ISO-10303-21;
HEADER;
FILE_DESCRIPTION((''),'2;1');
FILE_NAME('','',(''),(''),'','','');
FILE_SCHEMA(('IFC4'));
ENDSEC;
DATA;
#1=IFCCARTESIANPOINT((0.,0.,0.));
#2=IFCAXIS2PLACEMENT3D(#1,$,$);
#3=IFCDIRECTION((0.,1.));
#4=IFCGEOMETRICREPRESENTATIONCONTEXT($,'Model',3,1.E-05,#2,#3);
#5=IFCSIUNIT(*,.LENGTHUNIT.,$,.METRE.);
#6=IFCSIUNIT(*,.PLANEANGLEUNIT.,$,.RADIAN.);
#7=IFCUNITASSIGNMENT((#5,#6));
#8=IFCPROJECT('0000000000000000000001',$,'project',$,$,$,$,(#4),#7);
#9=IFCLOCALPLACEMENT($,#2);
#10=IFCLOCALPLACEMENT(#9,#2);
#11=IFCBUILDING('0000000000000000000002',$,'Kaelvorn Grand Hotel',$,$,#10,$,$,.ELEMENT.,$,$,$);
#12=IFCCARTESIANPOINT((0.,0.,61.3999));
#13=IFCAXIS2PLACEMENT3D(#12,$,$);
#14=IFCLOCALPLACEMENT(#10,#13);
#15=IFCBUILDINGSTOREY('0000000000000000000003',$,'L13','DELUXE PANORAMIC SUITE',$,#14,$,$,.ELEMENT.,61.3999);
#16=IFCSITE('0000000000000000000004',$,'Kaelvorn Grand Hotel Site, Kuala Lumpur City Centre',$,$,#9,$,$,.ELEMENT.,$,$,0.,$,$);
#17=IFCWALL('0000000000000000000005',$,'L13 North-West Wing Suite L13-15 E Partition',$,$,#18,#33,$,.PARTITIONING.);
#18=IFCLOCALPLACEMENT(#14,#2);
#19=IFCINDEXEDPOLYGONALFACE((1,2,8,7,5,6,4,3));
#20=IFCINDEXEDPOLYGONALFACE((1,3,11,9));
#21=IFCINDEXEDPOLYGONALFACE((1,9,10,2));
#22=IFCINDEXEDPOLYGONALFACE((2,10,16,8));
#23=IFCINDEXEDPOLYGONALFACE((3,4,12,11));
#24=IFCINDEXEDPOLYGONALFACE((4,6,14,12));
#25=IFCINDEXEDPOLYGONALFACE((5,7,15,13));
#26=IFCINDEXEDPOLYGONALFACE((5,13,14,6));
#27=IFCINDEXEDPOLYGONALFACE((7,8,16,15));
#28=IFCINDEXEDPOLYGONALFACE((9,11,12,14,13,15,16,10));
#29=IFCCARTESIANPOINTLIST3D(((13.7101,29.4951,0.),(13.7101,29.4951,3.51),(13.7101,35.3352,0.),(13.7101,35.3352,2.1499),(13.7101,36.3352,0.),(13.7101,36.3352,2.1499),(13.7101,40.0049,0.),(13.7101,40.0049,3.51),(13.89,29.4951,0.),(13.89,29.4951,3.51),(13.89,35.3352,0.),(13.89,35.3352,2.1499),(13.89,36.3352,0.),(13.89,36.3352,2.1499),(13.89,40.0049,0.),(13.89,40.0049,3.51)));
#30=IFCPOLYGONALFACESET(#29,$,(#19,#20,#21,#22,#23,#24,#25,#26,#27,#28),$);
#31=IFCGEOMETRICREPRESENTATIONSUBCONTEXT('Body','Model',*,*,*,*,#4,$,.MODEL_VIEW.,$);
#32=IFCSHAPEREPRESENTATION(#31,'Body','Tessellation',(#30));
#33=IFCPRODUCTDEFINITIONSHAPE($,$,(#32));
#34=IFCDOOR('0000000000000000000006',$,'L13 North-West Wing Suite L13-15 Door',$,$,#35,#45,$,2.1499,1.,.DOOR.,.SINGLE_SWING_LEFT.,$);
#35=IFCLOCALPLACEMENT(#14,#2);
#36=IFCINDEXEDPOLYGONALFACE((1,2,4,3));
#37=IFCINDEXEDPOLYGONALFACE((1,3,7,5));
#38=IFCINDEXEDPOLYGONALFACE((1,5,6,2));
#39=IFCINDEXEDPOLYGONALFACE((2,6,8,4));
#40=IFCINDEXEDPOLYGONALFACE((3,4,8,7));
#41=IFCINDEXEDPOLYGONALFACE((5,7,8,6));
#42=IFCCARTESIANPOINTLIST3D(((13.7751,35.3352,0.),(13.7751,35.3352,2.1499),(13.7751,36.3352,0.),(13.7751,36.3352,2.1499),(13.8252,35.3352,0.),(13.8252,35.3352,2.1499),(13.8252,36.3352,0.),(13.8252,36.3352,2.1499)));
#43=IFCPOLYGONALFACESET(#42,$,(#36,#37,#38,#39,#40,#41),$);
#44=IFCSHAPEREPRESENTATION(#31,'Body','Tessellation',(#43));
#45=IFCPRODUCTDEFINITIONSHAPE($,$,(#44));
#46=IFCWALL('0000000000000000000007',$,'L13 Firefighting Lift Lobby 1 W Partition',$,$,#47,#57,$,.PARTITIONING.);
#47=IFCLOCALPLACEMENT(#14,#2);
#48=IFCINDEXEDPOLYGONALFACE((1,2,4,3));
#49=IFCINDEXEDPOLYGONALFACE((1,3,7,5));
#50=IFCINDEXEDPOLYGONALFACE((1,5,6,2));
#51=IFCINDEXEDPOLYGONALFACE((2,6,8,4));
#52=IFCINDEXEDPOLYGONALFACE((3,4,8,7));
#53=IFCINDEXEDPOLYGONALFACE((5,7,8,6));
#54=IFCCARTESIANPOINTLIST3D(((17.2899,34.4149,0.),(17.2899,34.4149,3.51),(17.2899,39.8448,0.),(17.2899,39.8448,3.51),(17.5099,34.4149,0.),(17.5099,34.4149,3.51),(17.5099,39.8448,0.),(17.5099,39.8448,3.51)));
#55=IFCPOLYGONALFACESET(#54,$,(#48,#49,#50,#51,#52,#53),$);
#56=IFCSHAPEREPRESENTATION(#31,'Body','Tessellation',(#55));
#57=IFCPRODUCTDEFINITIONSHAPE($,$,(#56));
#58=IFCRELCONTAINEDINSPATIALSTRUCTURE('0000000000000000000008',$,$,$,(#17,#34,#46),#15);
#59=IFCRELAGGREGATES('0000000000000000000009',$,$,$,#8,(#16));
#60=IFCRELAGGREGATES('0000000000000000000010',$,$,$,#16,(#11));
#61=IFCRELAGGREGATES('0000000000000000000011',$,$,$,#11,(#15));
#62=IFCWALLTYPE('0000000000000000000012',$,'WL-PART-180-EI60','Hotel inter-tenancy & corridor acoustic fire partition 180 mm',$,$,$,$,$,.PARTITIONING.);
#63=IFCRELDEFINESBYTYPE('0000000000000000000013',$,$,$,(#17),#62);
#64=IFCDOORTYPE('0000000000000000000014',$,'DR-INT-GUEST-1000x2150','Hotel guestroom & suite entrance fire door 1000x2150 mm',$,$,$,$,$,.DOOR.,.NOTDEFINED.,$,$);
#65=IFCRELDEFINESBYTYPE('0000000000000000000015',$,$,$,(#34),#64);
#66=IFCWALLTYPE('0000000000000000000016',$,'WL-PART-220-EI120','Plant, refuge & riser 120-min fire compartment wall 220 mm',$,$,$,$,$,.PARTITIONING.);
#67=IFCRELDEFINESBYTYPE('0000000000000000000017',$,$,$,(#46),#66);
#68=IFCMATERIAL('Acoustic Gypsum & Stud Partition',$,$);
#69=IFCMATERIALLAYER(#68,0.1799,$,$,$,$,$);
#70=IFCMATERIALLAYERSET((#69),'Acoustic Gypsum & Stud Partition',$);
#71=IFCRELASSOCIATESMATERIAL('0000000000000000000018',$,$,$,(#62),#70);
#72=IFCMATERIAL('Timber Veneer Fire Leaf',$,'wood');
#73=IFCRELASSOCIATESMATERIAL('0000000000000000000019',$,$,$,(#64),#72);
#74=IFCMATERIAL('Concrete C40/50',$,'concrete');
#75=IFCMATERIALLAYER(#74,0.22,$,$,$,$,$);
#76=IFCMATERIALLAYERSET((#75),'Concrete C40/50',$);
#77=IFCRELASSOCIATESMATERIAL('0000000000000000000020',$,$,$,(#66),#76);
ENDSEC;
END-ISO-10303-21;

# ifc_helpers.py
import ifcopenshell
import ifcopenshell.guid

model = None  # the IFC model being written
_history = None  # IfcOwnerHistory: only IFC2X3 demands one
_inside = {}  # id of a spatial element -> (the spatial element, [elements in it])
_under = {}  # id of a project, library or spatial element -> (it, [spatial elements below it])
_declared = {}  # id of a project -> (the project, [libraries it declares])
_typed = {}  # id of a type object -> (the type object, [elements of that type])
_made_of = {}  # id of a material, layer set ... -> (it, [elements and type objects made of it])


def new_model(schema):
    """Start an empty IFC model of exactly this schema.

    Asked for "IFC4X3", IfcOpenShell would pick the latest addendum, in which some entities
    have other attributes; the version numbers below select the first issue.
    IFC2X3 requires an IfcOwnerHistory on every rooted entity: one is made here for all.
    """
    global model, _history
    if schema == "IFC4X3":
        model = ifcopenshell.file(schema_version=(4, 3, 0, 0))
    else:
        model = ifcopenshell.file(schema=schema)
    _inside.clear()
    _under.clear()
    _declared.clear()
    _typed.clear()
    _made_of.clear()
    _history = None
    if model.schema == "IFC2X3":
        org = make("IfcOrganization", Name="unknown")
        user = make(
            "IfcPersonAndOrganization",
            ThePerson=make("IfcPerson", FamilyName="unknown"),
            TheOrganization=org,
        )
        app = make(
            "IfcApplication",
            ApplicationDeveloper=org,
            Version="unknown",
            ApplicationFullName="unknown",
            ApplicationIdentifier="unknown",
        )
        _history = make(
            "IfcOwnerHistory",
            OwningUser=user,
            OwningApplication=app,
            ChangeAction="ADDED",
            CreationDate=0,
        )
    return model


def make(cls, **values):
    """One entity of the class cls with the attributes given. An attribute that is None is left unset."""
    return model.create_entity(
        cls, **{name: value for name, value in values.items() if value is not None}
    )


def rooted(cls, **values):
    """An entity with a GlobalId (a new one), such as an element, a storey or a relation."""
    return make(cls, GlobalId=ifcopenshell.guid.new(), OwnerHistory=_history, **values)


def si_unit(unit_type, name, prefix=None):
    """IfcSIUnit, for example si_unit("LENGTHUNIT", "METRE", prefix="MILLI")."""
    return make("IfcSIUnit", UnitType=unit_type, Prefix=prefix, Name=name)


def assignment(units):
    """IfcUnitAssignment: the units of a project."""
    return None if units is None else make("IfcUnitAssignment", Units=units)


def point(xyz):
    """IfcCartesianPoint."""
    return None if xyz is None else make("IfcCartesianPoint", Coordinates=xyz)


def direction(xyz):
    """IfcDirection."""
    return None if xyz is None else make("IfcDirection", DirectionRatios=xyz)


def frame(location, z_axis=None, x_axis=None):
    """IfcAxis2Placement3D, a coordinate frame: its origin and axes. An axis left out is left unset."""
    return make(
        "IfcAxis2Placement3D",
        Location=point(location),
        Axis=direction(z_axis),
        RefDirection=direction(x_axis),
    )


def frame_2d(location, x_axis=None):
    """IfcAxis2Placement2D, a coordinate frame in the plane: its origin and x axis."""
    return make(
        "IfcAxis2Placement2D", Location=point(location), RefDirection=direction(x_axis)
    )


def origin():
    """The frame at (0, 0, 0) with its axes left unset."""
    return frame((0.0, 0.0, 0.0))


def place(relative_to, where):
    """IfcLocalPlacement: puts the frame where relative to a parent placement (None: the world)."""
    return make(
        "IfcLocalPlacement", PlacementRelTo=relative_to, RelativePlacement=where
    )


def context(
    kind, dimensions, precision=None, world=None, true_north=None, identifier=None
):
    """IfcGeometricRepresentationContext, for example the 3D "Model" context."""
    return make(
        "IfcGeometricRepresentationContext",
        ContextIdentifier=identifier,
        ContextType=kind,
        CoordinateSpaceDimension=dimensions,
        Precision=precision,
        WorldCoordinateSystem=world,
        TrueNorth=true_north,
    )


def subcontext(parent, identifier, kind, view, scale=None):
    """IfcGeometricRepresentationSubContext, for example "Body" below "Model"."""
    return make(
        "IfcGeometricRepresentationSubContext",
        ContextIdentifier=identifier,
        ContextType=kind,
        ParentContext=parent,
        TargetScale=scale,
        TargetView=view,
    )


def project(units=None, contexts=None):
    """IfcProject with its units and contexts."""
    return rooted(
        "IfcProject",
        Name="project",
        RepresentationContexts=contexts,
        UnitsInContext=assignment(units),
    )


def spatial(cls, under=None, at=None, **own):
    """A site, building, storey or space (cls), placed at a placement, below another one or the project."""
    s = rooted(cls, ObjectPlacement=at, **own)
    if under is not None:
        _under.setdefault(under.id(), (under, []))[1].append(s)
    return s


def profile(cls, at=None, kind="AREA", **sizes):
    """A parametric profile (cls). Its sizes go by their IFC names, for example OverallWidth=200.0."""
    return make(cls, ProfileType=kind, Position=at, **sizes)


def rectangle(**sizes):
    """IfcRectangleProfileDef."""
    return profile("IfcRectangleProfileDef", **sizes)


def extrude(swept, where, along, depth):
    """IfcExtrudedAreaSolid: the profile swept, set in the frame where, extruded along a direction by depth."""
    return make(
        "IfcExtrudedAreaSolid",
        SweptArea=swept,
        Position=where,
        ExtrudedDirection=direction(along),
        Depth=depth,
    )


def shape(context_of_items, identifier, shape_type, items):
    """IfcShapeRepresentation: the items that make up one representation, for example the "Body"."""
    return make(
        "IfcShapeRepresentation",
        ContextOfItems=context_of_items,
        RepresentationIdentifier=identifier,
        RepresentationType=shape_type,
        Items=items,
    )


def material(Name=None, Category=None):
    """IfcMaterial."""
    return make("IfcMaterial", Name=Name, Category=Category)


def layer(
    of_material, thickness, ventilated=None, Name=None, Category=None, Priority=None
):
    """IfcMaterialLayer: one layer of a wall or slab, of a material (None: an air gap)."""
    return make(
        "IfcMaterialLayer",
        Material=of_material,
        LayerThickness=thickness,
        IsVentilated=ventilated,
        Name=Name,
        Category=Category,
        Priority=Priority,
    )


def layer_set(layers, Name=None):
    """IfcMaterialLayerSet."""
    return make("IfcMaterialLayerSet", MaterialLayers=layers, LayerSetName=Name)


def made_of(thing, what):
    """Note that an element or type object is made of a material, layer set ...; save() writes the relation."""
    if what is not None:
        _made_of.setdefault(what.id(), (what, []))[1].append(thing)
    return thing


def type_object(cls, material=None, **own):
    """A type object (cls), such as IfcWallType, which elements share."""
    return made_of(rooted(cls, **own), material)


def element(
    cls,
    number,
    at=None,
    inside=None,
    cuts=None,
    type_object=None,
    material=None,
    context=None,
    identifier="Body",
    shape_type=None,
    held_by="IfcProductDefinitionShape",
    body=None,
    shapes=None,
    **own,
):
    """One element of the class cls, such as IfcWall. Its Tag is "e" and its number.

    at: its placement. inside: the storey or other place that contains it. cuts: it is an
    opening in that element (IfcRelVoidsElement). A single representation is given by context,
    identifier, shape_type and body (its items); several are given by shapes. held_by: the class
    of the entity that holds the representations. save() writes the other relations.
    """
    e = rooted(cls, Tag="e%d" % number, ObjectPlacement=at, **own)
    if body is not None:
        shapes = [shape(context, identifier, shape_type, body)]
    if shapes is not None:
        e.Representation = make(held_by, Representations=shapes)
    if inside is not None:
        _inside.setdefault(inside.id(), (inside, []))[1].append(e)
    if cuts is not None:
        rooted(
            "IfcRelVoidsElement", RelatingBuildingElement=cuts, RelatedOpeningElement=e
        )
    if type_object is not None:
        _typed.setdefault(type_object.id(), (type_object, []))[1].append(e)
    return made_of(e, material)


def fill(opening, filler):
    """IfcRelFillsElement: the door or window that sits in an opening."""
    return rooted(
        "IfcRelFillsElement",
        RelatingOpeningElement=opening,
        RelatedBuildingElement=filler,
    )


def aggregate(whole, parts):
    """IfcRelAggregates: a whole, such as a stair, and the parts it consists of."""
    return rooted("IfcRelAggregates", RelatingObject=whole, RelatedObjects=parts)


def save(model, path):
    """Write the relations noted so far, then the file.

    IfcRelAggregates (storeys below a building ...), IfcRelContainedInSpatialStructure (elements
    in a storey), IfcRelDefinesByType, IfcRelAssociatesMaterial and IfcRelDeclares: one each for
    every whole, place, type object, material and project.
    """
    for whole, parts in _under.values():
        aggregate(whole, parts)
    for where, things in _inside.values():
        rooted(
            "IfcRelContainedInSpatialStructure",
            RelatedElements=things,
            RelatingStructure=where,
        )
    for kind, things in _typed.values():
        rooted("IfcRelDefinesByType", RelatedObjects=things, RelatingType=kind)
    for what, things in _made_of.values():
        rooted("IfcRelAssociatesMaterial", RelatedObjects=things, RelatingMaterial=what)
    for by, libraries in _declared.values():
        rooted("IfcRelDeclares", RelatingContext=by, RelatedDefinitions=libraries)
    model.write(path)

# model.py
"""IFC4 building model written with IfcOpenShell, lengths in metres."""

from ifc_helpers import new_model, si_unit, direction, frame, frame_2d, origin, place, context, subcontext, project, spatial, rectangle, extrude, material, layer, layer_set, type_object, element, fill, save


model = new_model("IFC4")

# Units and contexts
model_context = context("Model", 3, precision=1e-05, world=origin(), true_north=direction((0.0, 1.0)))
body_context = subcontext(model_context, "Body", "Model", "MODEL_VIEW")
ifc_project = project(units=[si_unit("LENGTHUNIT", "METRE"), si_unit("PLANEANGLEUNIT", "RADIAN")], contexts=[model_context])

# Site, building, storey
site_placement = place(None, origin())
site = spatial("IfcSite", under=ifc_project, at=site_placement, Name="Kaelvorn Grand Hotel Site, Kuala Lumpur City Centre", CompositionType="ELEMENT", RefElevation=0.0)
building_placement = place(site_placement, origin())
building = spatial("IfcBuilding", under=site, at=building_placement, Name="Kaelvorn Grand Hotel", CompositionType="ELEMENT")
storey_placement = place(building_placement, frame((0.0, 0.0, 61.3999)))
storey = spatial("IfcBuildingStorey", under=building, at=storey_placement, Name="L13", Description="DELUXE PANORAMIC SUITE", CompositionType="ELEMENT", Elevation=61.3999)

# Shared definitions
ifc_material_1 = material(Name="Acoustic Gypsum & Stud Partition")
ifc_layer_1 = layer(ifc_material_1, 0.1799)
ifc_layer_set_1 = layer_set([ifc_layer_1], Name="Acoustic Gypsum & Stud Partition")
wall_type_1 = type_object("IfcWallType", Name="WL-PART-180-EI60", Description="Hotel inter-tenancy & corridor acoustic fire partition 180 mm", PredefinedType="PARTITIONING", material=ifc_layer_set_1)

# Wall, opening, door
wall_1_placement = place(storey_placement, frame((13.8, 29.4951, 0.0), z_axis=(0.0, 0.0, 1.0), x_axis=(0.0, 1.0, 0.0)))
wall_1 = element("IfcWall", 1, at=wall_1_placement, inside=storey, type_object=wall_type_1, Name="L13 North-West Wing Suite L13-15 E Partition", PredefinedType="PARTITIONING", context=body_context, shape_type="SweptSolid", body=[
    extrude(rectangle(XDim=10.5098, YDim=0.1799, at=frame_2d((5.2549, 0.0))), origin(), (0.0, 0.0, 1.0), 3.51),
])
opening_1_placement = place(wall_1_placement, frame((5.8401, 0.0, 0.0)))
opening_1 = element("IfcOpeningElement", 2, at=opening_1_placement, cuts=wall_1, PredefinedType="OPENING", context=body_context, shape_type="SweptSolid", body=[
    extrude(rectangle(XDim=1.0, YDim=2.1499, at=frame_2d((0.5, 1.075))), frame((0.0, 0.1001, 0.0), z_axis=(0.0, -1.0, 0.0), x_axis=(1.0, 0.0, 0.0)), (0.0, 0.0, 1.0), 0.2),
])
ifc_material_2 = material(Name="Timber Veneer Fire Leaf", Category="wood")
door_type_1 = type_object("IfcDoorType", Name="DR-INT-GUEST-1000x2150", Description="Hotel guestroom & suite entrance fire door 1000x2150 mm", OperationType="NOTDEFINED", PredefinedType="DOOR", material=ifc_material_2)
door_1_placement = place(opening_1_placement, origin())
door_1 = element("IfcDoor", 3, at=door_1_placement, inside=storey, type_object=door_type_1, Name="L13 North-West Wing Suite L13-15 Door", OperationType="SINGLE_SWING_LEFT", OverallHeight=2.1499, OverallWidth=1.0, PredefinedType="DOOR", context=body_context, shape_type="SweptSolid", body=[
    extrude(rectangle(XDim=1.0, YDim=2.1499, at=frame_2d((0.5, 1.075))), frame((0.0, 0.0249, 0.0), z_axis=(0.0, -1.0, 0.0), x_axis=(1.0, 0.0, 0.0)), (0.0, 0.0, 1.0), 0.05),
])
fill(opening_1, door_1)
ifc_material_3 = material(Name="Concrete C40/50", Category="concrete")
ifc_layer_2 = layer(ifc_material_3, 0.22)
ifc_layer_set_2 = layer_set([ifc_layer_2], Name="Concrete C40/50")
wall_type_2 = type_object("IfcWallType", Name="WL-PART-220-EI120", Description="Plant, refuge & riser 120-min fire compartment wall 220 mm", PredefinedType="PARTITIONING", material=ifc_layer_set_2)

# Wall
wall_2_placement = place(storey_placement, frame((17.3999, 34.415, 0.0), z_axis=(0.0, 0.0, 1.0), x_axis=(0.0, 1.0, 0.0)))
element("IfcWall", 4, at=wall_2_placement, inside=storey, type_object=wall_type_2, Name="L13 Firefighting Lift Lobby 1 W Partition", PredefinedType="PARTITIONING", context=body_context, shape_type="SweptSolid", body=[
    extrude(rectangle(XDim=5.4299, YDim=0.22, at=frame_2d((2.7148, 0.0))), origin(), (0.0, 0.0, 1.0), 3.51),
])

save(model, "model.ifc")
